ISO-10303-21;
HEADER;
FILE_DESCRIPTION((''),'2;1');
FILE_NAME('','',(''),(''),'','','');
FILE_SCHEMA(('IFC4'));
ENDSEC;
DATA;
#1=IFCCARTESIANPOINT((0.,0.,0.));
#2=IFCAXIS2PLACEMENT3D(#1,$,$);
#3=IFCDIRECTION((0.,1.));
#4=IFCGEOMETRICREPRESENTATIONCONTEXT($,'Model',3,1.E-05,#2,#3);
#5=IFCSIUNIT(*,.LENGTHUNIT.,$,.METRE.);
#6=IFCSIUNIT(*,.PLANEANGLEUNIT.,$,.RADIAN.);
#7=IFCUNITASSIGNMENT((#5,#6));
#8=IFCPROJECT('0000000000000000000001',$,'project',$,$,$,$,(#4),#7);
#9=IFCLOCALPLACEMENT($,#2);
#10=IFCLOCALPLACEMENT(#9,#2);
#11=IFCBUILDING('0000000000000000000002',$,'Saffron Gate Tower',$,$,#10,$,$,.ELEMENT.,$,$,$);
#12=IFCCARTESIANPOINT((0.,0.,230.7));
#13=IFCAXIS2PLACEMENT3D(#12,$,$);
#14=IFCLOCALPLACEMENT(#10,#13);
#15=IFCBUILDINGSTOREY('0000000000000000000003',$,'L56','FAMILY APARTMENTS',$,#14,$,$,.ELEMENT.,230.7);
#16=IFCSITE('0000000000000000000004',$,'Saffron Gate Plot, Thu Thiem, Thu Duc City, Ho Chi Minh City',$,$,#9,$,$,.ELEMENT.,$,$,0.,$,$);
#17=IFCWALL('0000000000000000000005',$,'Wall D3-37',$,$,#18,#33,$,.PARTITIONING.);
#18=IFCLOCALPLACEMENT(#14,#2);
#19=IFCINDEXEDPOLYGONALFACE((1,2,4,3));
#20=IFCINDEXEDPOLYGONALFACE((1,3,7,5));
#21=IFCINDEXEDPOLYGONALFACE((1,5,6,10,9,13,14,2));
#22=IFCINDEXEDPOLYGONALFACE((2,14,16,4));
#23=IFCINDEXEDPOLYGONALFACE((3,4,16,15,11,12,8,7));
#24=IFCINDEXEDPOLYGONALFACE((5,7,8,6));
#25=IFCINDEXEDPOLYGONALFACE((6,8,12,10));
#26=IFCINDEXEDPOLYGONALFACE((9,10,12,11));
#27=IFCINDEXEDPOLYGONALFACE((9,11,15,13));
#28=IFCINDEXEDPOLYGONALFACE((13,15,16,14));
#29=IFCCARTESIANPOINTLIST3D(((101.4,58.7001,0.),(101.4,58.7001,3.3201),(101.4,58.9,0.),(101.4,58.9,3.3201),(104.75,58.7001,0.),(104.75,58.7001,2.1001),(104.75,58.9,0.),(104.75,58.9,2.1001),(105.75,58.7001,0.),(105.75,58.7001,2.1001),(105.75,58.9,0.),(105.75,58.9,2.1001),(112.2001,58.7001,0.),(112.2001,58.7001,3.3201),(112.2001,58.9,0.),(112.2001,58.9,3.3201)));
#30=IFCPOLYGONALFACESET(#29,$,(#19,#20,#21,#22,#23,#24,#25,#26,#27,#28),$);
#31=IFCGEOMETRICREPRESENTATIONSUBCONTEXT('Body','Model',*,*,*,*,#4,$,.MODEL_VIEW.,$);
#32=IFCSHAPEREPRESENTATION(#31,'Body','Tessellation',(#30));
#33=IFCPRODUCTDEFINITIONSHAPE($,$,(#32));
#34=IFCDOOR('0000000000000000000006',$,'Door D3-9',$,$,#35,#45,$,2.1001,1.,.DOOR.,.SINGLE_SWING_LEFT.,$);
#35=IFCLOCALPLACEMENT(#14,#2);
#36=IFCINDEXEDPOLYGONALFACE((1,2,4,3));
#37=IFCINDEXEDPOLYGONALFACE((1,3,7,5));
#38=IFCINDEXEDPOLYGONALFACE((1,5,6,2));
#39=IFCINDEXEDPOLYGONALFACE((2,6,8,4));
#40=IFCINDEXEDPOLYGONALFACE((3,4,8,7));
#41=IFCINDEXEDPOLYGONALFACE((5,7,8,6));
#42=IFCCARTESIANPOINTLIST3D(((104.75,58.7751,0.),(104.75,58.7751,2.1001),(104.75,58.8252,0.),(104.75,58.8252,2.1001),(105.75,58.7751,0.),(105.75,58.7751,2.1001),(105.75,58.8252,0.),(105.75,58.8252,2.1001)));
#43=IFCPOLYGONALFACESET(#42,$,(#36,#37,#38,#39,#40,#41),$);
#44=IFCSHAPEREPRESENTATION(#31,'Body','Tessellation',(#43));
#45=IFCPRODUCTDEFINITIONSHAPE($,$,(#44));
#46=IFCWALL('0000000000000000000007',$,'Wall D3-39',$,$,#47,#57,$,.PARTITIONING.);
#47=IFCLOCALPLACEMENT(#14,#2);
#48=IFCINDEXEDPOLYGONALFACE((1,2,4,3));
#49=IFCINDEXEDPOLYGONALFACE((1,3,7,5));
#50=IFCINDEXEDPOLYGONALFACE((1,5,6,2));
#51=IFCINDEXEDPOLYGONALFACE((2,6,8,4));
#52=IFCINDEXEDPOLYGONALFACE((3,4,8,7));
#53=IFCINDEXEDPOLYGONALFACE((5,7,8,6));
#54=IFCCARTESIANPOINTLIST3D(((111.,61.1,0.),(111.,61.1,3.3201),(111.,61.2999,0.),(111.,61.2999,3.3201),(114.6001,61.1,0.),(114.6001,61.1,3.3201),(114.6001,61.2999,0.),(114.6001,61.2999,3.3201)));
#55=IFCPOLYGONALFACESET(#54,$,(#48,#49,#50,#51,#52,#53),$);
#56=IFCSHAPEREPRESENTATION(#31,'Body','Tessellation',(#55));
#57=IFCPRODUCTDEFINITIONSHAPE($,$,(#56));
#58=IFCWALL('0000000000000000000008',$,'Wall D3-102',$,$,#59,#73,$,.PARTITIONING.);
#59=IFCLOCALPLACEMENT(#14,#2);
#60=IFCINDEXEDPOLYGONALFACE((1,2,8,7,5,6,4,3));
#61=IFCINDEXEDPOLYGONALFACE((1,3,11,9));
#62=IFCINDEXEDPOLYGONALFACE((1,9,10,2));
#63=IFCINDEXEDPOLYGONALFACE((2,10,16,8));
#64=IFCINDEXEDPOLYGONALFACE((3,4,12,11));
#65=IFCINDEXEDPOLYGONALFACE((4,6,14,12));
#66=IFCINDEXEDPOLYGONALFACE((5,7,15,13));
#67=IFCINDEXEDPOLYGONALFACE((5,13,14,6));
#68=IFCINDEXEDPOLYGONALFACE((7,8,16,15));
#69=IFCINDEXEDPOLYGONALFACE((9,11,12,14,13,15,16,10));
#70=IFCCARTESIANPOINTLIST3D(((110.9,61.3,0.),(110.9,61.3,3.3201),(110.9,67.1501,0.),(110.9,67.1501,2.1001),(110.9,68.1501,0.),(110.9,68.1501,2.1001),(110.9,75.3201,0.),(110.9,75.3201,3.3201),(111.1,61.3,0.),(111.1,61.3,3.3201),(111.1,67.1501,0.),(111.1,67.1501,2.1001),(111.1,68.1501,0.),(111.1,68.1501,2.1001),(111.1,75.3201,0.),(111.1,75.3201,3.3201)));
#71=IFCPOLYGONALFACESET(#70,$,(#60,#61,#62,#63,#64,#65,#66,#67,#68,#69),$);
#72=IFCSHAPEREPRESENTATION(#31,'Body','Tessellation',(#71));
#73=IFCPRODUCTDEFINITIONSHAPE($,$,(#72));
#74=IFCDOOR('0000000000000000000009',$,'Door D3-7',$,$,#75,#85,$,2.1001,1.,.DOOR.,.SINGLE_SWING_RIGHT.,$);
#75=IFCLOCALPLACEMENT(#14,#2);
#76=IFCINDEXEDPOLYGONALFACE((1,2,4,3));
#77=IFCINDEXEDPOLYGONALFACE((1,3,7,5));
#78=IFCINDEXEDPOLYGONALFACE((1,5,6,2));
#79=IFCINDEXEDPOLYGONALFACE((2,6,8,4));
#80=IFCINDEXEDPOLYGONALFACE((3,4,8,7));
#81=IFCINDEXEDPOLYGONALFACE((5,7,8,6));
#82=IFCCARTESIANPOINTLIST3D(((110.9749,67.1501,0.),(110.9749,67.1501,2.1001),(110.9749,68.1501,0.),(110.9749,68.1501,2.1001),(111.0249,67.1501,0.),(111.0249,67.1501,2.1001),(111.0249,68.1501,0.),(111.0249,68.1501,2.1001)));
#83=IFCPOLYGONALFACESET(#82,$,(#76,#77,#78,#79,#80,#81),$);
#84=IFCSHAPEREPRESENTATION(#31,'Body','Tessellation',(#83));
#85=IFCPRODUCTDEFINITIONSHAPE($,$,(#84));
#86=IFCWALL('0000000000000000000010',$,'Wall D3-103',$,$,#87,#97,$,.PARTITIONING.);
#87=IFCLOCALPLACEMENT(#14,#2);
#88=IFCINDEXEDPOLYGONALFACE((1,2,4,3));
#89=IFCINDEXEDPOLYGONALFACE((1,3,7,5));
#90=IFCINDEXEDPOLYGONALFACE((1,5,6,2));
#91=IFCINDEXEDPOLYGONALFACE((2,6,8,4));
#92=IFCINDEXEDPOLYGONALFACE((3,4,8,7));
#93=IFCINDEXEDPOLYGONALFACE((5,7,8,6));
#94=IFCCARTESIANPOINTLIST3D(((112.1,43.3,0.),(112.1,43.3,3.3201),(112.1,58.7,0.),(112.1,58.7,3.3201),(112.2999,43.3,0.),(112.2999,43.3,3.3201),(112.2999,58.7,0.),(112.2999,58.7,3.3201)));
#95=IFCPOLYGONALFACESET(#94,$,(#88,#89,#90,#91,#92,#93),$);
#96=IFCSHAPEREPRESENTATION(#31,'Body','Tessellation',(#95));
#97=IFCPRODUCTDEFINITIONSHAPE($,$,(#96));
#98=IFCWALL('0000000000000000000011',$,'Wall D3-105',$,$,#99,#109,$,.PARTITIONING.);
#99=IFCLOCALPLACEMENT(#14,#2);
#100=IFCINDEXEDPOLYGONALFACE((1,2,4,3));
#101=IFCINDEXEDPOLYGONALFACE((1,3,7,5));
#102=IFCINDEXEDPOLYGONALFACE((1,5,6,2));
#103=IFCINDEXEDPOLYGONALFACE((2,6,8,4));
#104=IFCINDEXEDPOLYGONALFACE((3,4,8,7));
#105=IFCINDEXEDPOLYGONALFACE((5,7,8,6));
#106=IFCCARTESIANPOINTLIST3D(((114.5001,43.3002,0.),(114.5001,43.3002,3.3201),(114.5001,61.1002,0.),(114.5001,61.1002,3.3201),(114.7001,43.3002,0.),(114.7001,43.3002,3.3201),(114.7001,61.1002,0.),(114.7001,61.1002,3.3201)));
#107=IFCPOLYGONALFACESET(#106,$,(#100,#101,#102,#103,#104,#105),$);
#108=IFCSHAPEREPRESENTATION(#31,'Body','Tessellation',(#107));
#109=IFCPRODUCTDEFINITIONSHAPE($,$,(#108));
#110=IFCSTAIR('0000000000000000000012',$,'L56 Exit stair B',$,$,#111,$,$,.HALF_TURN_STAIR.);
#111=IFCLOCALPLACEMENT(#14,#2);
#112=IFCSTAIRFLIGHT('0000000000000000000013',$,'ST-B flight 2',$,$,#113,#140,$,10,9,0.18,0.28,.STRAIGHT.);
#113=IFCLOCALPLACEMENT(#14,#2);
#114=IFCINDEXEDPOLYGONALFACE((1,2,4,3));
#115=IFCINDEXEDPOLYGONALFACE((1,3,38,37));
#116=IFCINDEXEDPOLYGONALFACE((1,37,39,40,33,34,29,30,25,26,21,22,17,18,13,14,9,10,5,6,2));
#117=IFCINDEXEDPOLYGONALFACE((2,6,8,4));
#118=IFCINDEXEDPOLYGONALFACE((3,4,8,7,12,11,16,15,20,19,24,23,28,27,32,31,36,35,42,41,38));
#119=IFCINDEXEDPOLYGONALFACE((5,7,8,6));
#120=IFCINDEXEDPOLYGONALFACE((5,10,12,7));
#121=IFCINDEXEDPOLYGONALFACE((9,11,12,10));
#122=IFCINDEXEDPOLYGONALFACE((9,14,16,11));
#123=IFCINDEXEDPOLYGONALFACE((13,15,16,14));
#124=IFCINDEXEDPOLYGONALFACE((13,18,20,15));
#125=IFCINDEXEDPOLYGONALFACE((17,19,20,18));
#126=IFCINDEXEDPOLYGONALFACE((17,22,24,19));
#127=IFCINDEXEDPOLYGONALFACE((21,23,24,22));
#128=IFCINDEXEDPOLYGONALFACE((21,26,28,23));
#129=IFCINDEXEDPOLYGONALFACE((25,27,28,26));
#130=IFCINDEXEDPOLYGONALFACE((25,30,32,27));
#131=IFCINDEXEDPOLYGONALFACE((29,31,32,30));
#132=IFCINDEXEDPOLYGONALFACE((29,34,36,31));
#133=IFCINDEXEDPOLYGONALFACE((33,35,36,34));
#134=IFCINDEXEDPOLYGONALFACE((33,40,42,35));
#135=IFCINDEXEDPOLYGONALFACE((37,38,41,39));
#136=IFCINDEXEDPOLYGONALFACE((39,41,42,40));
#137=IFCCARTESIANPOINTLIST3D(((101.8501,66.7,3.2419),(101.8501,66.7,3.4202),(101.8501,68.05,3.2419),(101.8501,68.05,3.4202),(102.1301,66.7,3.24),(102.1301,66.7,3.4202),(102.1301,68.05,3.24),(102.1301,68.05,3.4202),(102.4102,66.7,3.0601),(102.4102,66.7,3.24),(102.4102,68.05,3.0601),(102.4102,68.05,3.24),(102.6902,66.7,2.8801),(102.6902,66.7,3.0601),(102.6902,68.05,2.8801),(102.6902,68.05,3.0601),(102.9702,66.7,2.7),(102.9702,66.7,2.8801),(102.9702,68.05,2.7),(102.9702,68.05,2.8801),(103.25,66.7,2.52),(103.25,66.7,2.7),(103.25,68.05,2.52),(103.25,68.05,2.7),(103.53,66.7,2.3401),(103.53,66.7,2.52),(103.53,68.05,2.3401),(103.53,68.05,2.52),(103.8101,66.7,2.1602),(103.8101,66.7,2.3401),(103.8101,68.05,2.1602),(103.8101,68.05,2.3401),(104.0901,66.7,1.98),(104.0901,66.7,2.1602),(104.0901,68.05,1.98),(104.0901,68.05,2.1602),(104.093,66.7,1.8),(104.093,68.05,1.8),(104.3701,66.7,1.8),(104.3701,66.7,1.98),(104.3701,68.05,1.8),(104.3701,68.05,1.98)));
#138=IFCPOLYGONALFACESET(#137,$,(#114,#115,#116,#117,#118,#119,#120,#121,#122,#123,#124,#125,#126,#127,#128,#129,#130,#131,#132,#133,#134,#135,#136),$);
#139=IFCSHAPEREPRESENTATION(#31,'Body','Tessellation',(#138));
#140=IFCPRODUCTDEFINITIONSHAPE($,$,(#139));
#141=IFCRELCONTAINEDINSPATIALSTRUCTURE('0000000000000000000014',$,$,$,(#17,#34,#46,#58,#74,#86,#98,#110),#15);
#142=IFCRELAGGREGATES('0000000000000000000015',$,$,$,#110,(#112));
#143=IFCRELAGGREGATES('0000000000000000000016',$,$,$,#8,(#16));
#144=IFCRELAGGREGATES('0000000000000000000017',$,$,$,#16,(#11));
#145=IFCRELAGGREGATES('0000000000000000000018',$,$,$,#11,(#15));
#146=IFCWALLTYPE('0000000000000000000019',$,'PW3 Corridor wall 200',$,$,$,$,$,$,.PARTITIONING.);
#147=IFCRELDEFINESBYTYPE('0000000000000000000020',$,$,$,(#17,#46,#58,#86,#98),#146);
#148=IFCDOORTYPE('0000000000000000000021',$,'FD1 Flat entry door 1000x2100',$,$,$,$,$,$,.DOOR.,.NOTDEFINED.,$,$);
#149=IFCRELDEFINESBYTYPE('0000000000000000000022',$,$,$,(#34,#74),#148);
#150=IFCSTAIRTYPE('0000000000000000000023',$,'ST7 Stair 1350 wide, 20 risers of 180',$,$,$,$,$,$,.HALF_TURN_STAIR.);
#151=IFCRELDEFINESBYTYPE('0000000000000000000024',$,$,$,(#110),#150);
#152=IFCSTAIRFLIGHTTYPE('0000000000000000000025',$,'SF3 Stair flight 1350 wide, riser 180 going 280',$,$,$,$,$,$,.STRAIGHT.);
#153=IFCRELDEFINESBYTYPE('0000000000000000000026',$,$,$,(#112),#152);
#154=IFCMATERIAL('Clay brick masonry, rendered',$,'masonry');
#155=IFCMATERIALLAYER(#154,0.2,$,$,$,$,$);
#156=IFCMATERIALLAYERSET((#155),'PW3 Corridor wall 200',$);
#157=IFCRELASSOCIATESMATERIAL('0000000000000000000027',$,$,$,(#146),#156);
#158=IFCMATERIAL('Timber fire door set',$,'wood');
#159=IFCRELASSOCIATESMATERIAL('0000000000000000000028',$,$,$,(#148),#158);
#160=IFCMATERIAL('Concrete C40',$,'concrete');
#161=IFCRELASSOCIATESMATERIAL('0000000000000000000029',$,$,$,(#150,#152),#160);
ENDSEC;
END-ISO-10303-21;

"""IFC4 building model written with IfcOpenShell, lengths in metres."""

from ifc_helpers import new_model, si_unit, direction, frame, frame_2d, origin, place, context, subcontext, project, spatial, polyline, rectangle, outline, extrude, material, layer, layer_set, type_object, element, fill, aggregate, save


model = new_model("IFC4")

# Units and contexts
model_context = context("Model", 3, precision=1e-05, world=origin(), true_north=direction((0.0, 1.0)))
body_context = subcontext(model_context, "Body", "Model", "MODEL_VIEW")
ifc_project = project(units=[si_unit("LENGTHUNIT", "METRE"), si_unit("PLANEANGLEUNIT", "RADIAN")], contexts=[model_context])

# Site, building, storey
site_placement = place(None, origin())
site = spatial("IfcSite", under=ifc_project, at=site_placement, Name="Saffron Gate Plot, Thu Thiem, Thu Duc City, Ho Chi Minh City", CompositionType="ELEMENT", RefElevation=0.0)
building_placement = place(site_placement, origin())
building = spatial("IfcBuilding", under=site, at=building_placement, Name="Saffron Gate Tower", CompositionType="ELEMENT")
storey_placement = place(building_placement, frame((0.0, 0.0, 230.7)))
storey = spatial("IfcBuildingStorey", under=building, at=storey_placement, Name="L56", Description="FAMILY APARTMENTS", CompositionType="ELEMENT", Elevation=230.7)

# Shared definitions
ifc_material_1 = material(Name="Clay brick masonry, rendered", Category="masonry")

# Wall, opening, door
ifc_layer_1 = layer(ifc_material_1, 0.2)
ifc_layer_set_1 = layer_set([ifc_layer_1], Name="PW3 Corridor wall 200")
wall_type_1 = type_object("IfcWallType", Name="PW3 Corridor wall 200", PredefinedType="PARTITIONING", material=ifc_layer_set_1)
wall_1_placement = place(storey_placement, frame((112.2, 58.8, 0.0), z_axis=(0.0, 0.0, 1.0), x_axis=(-1.0, 0.0, 0.0)))
wall_1 = element("IfcWall", 1, at=wall_1_placement, inside=storey, type_object=wall_type_1, Name="Wall D3-37", PredefinedType="PARTITIONING", context=body_context, shape_type="SweptSolid", body=[
    extrude(rectangle(XDim=10.8, YDim=0.2, at=frame_2d((5.3999, 0.0))), origin(), (0.0, 0.0, 1.0), 3.3201),
])
opening_1_placement = place(wall_1_placement, frame((6.45, 0.0, 0.0)))
opening_1 = element("IfcOpeningElement", 2, at=opening_1_placement, cuts=wall_1, PredefinedType="OPENING", context=body_context, shape_type="SweptSolid", body=[
    extrude(rectangle(XDim=1.0, YDim=2.1001, at=frame_2d((0.5, 1.05))), frame((0.0, 0.1099, 0.0), z_axis=(0.0, -1.0, 0.0), x_axis=(1.0, 0.0, 0.0)), (0.0, 0.0, 1.0), 0.22),
])
ifc_material_2 = material(Name="Timber fire door set", Category="wood")
door_type_1 = type_object("IfcDoorType", Name="FD1 Flat entry door 1000x2100", OperationType="NOTDEFINED", PredefinedType="DOOR", material=ifc_material_2)
door_1_placement = place(opening_1_placement, origin())
door_1 = element("IfcDoor", 3, at=door_1_placement, inside=storey, type_object=door_type_1, Name="Door D3-9", OperationType="SINGLE_SWING_LEFT", OverallHeight=2.1001, OverallWidth=1.0, PredefinedType="DOOR", context=body_context, shape_type="SweptSolid", body=[
    extrude(rectangle(XDim=1.0, YDim=2.1001, at=frame_2d((0.5, 1.05))), frame((0.0, 0.0249, 0.0), z_axis=(0.0, -1.0, 0.0), x_axis=(1.0, 0.0, 0.0)), (0.0, 0.0, 1.0), 0.05),
])
fill(opening_1, door_1)

# Wall
wall_2_placement = place(storey_placement, frame((111.0, 61.2, 0.0), z_axis=(0.0, 0.0, 1.0), x_axis=(1.0, 0.0, 0.0)))
element("IfcWall", 4, at=wall_2_placement, inside=storey, type_object=wall_type_1, Name="Wall D3-39", PredefinedType="PARTITIONING", context=body_context, shape_type="SweptSolid", body=[
    extrude(rectangle(XDim=3.6001, YDim=0.2, at=frame_2d((1.8, 0.0))), origin(), (0.0, 0.0, 1.0), 3.3201),
])

# Wall, opening, door
wall_3_placement = place(storey_placement, frame((111.0, 75.3201, 0.0), z_axis=(0.0, 0.0, 1.0), x_axis=(0.0, -1.0, 0.0)))
wall_3 = element("IfcWall", 5, at=wall_3_placement, inside=storey, type_object=wall_type_1, Name="Wall D3-102", PredefinedType="PARTITIONING", context=body_context, shape_type="SweptSolid", body=[
    extrude(rectangle(XDim=14.02, YDim=0.2, at=frame_2d((7.01, 0.0))), origin(), (0.0, 0.0, 1.0), 3.3201),
])
opening_2_placement = place(wall_3_placement, frame((7.1699, 0.0, 0.0)))
opening_2 = element("IfcOpeningElement", 6, at=opening_2_placement, cuts=wall_3, PredefinedType="OPENING", context=body_context, shape_type="SweptSolid", body=[
    extrude(rectangle(XDim=1.0, YDim=2.1001, at=frame_2d((0.5, 1.05))), frame((0.0, 0.1099, 0.0), z_axis=(0.0, -1.0, 0.0), x_axis=(1.0, 0.0, 0.0)), (0.0, 0.0, 1.0), 0.22),
])
door_2_placement = place(opening_2_placement, origin())
door_2 = element("IfcDoor", 7, at=door_2_placement, inside=storey, type_object=door_type_1, Name="Door D3-7", OperationType="SINGLE_SWING_RIGHT", OverallHeight=2.1001, OverallWidth=1.0, PredefinedType="DOOR", context=body_context, shape_type="SweptSolid", body=[
    extrude(rectangle(XDim=1.0, YDim=2.1001, at=frame_2d((0.5, 1.05))), frame((0.0, 0.0249, 0.0), z_axis=(0.0, -1.0, 0.0), x_axis=(1.0, 0.0, 0.0)), (0.0, 0.0, 1.0), 0.05),
])
fill(opening_2, door_2)

# Walls
wall_4_placement = place(storey_placement, frame((112.2, 58.7, 0.0), z_axis=(0.0, 0.0, 1.0), x_axis=(0.0, -1.0, 0.0)))
element("IfcWall", 8, at=wall_4_placement, inside=storey, type_object=wall_type_1, Name="Wall D3-103", PredefinedType="PARTITIONING", context=body_context, shape_type="SweptSolid", body=[
    extrude(rectangle(XDim=15.3999, YDim=0.2, at=frame_2d((7.7, 0.0))), origin(), (0.0, 0.0, 1.0), 3.3201),
])
wall_5_placement = place(storey_placement, frame((114.6001, 61.1001, 0.0), z_axis=(0.0, 0.0, 1.0), x_axis=(0.0, -1.0, 0.0)))
element("IfcWall", 9, at=wall_5_placement, inside=storey, type_object=wall_type_1, Name="Wall D3-105", PredefinedType="PARTITIONING", context=body_context, shape_type="SweptSolid", body=[
    extrude(rectangle(XDim=17.8, YDim=0.2, at=frame_2d((8.8999, 0.0))), origin(), (0.0, 0.0, 1.0), 3.3201),
])

# Stair, stair flight
ifc_material_3 = material(Name="Concrete C40", Category="concrete")
stair_type = type_object("IfcStairType", Name="ST7 Stair 1350 wide, 20 risers of 180", PredefinedType="HALF_TURN_STAIR", material=ifc_material_3)
stair_placement = place(storey_placement, origin())
stair = element("IfcStair", 10, at=stair_placement, inside=storey, type_object=stair_type, Name="L56 Exit stair B", PredefinedType="HALF_TURN_STAIR")
stair_flight_type = type_object("IfcStairFlightType", Name="SF3 Stair flight 1350 wide, riser 180 going 280", PredefinedType="STRAIGHT", material=ifc_material_3)
stair_flight_placement = place(storey_placement, frame((104.3701, 67.375, 1.8), z_axis=(0.0, 0.0, 1.0), x_axis=(-1.0, 0.0, 0.0)))
stair_flight = element("IfcStairFlight", 11, at=stair_flight_placement, type_object=stair_flight_type, Name="ST-B flight 2", NumberOfRisers=10, NumberOfTreads=9, PredefinedType="STRAIGHT", RiserHeight=0.18, TreadLength=0.28, context=body_context, shape_type="SweptSolid", body=[
    extrude(outline(polyline([(0.0, 0.0), (0.0, 0.1799), (0.28, 0.1799), (0.28, 0.3601), (0.5601, 0.3601), (0.5601, 0.54), (0.8401, 0.54), (0.8401, 0.72), (1.1201, 0.72), (1.1201, 0.8999), (1.3999, 0.8999), (1.3999, 1.0801), (1.6799, 1.0801), (1.6799, 1.26), (1.96, 1.26), (1.96, 1.4399), (2.24, 1.4399), (2.24, 1.6201), (2.52, 1.6201), (2.52, 1.8), (2.52, 1.4419), (0.2771, 0.0), (0.0, 0.0)])), frame((0.0, 0.675, 0.0), z_axis=(0.0, -1.0, 0.0), x_axis=(1.0, 0.0, 0.0)), (0.0, 0.0, 1.0), 1.3501),
])
aggregate(stair, [stair_flight])

save(model, "model.ifc")
